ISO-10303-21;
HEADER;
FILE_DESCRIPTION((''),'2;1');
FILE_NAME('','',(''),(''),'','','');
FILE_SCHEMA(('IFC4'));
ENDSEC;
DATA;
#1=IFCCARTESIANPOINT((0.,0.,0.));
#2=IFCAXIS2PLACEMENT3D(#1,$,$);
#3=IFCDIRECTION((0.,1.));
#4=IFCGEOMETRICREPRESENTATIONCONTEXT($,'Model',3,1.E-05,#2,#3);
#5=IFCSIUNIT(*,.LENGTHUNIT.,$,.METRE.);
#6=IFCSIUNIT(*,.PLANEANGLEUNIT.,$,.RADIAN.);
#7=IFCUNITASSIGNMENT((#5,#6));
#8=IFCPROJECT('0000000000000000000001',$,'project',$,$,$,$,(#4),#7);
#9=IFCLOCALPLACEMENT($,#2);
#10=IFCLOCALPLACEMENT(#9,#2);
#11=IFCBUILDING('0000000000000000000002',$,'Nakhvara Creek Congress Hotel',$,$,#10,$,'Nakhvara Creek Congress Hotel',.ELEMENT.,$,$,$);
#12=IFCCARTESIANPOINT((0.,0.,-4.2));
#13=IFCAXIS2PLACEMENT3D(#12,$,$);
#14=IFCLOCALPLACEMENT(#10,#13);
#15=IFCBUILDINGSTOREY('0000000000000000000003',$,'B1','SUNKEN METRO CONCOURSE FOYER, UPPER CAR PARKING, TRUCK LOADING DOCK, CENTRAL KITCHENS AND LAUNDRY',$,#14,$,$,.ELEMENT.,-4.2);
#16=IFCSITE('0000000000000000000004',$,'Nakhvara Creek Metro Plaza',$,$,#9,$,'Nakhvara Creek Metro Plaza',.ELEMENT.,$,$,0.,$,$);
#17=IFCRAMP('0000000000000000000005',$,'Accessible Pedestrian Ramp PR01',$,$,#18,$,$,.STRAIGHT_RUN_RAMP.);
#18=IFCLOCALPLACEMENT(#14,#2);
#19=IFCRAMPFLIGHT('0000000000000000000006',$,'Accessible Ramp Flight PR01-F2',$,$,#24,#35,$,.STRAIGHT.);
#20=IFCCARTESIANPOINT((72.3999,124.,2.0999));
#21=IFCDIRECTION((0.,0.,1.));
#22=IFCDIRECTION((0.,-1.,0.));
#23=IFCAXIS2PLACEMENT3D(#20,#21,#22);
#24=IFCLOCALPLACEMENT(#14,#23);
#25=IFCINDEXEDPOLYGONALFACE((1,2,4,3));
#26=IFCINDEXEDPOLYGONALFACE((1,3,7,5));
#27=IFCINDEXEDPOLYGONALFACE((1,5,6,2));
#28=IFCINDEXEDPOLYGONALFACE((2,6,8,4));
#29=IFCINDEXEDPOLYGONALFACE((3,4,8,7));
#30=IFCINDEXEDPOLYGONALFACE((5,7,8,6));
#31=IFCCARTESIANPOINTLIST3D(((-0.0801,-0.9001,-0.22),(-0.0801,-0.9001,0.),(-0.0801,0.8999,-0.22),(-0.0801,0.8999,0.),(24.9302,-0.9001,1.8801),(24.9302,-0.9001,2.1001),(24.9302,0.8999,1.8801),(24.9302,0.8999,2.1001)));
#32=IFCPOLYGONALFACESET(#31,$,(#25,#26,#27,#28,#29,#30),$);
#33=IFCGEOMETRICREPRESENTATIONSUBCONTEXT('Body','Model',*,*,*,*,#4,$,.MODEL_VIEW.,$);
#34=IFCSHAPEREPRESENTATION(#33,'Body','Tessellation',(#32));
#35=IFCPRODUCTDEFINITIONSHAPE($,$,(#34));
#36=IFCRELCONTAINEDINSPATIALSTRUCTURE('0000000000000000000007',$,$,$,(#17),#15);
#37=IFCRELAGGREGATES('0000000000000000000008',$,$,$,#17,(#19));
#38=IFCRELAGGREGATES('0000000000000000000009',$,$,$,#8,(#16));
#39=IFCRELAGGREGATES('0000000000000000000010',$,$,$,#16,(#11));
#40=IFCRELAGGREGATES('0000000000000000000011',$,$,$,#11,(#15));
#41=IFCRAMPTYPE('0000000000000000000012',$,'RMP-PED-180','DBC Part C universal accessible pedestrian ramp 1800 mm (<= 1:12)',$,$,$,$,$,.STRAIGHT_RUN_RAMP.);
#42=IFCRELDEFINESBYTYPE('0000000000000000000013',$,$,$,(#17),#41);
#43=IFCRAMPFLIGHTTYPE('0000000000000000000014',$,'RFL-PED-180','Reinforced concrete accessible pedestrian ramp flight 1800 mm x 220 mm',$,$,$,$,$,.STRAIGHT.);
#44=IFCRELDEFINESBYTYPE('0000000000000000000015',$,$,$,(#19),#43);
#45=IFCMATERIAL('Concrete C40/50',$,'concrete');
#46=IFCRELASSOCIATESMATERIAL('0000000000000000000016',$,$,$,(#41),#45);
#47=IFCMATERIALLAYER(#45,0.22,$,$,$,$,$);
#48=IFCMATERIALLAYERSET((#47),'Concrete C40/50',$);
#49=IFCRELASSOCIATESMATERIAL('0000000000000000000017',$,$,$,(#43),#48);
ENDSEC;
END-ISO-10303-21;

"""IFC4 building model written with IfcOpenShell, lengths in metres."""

from ifc_helpers import new_model, si_unit, direction, frame, origin, place, context, subcontext, project, spatial, polyline, outline, extrude, material, layer, layer_set, type_object, element, aggregate, save


model = new_model("IFC4")

# Units and contexts
model_context = context("Model", 3, precision=1e-05, world=origin(), true_north=direction((0.0, 1.0)))
body_context = subcontext(model_context, "Body", "Model", "MODEL_VIEW")
ifc_project = project(units=[si_unit("LENGTHUNIT", "METRE"), si_unit("PLANEANGLEUNIT", "RADIAN")], contexts=[model_context])

# Site, building, storey
site_placement = place(None, origin())
site = spatial("IfcSite", under=ifc_project, at=site_placement, Name="Nakhvara Creek Metro Plaza", LongName="Nakhvara Creek Metro Plaza", CompositionType="ELEMENT", RefElevation=0.0)
building_placement = place(site_placement, origin())
building = spatial("IfcBuilding", under=site, at=building_placement, Name="Nakhvara Creek Congress Hotel", LongName="Nakhvara Creek Congress Hotel", CompositionType="ELEMENT")
storey_placement = place(building_placement, frame((0.0, 0.0, -4.2)))
storey = spatial("IfcBuildingStorey", under=building, at=storey_placement, Name="B1", Description="SUNKEN METRO CONCOURSE FOYER, UPPER CAR PARKING, TRUCK LOADING DOCK, CENTRAL KITCHENS AND LAUNDRY", CompositionType="ELEMENT", Elevation=-4.2)

# Shared definitions
ifc_material_1 = material(Name="Concrete C40/50", Category="concrete")

# Ramp, ramp flight
ramp_type = type_object("IfcRampType", Name="RMP-PED-180", Description="DBC Part C universal accessible pedestrian ramp 1800 mm (<= 1:12)", PredefinedType="STRAIGHT_RUN_RAMP", material=ifc_material_1)
ramp_placement = place(storey_placement, origin())
ramp = element("IfcRamp", 1, at=ramp_placement, inside=storey, type_object=ramp_type, Name="Accessible Pedestrian Ramp PR01", PredefinedType="STRAIGHT_RUN_RAMP")
ifc_layer_1 = layer(ifc_material_1, 0.22)
ifc_layer_set_1 = layer_set([ifc_layer_1], Name="Concrete C40/50")
ramp_flight_type = type_object("IfcRampFlightType", Name="RFL-PED-180", Description="Reinforced concrete accessible pedestrian ramp flight 1800 mm x 220 mm", PredefinedType="STRAIGHT", material=ifc_layer_set_1)
ramp_flight_placement = place(storey_placement, frame((72.3999, 124.0, 2.0999), z_axis=(0.0, 0.0, 1.0), x_axis=(0.0, -1.0, 0.0)))
ramp_flight = element("IfcRampFlight", 2, at=ramp_flight_placement, type_object=ramp_flight_type, Name="Accessible Ramp Flight PR01-F2", PredefinedType="STRAIGHT", context=body_context, shape_type="SweptSolid", body=[
    extrude(outline(polyline([(-0.0801, 0.0), (24.9302, 2.1001), (24.9302, 1.8801), (-0.0801, -0.22), (-0.0801, 0.0)])), frame((0.0, 0.8999, 0.0), z_axis=(0.0, -1.0, 0.0), x_axis=(1.0, 0.0, 0.0)), (0.0, 0.0, 1.0), 1.8),
])
aggregate(ramp, [ramp_flight])

save(model, "model.ifc")
